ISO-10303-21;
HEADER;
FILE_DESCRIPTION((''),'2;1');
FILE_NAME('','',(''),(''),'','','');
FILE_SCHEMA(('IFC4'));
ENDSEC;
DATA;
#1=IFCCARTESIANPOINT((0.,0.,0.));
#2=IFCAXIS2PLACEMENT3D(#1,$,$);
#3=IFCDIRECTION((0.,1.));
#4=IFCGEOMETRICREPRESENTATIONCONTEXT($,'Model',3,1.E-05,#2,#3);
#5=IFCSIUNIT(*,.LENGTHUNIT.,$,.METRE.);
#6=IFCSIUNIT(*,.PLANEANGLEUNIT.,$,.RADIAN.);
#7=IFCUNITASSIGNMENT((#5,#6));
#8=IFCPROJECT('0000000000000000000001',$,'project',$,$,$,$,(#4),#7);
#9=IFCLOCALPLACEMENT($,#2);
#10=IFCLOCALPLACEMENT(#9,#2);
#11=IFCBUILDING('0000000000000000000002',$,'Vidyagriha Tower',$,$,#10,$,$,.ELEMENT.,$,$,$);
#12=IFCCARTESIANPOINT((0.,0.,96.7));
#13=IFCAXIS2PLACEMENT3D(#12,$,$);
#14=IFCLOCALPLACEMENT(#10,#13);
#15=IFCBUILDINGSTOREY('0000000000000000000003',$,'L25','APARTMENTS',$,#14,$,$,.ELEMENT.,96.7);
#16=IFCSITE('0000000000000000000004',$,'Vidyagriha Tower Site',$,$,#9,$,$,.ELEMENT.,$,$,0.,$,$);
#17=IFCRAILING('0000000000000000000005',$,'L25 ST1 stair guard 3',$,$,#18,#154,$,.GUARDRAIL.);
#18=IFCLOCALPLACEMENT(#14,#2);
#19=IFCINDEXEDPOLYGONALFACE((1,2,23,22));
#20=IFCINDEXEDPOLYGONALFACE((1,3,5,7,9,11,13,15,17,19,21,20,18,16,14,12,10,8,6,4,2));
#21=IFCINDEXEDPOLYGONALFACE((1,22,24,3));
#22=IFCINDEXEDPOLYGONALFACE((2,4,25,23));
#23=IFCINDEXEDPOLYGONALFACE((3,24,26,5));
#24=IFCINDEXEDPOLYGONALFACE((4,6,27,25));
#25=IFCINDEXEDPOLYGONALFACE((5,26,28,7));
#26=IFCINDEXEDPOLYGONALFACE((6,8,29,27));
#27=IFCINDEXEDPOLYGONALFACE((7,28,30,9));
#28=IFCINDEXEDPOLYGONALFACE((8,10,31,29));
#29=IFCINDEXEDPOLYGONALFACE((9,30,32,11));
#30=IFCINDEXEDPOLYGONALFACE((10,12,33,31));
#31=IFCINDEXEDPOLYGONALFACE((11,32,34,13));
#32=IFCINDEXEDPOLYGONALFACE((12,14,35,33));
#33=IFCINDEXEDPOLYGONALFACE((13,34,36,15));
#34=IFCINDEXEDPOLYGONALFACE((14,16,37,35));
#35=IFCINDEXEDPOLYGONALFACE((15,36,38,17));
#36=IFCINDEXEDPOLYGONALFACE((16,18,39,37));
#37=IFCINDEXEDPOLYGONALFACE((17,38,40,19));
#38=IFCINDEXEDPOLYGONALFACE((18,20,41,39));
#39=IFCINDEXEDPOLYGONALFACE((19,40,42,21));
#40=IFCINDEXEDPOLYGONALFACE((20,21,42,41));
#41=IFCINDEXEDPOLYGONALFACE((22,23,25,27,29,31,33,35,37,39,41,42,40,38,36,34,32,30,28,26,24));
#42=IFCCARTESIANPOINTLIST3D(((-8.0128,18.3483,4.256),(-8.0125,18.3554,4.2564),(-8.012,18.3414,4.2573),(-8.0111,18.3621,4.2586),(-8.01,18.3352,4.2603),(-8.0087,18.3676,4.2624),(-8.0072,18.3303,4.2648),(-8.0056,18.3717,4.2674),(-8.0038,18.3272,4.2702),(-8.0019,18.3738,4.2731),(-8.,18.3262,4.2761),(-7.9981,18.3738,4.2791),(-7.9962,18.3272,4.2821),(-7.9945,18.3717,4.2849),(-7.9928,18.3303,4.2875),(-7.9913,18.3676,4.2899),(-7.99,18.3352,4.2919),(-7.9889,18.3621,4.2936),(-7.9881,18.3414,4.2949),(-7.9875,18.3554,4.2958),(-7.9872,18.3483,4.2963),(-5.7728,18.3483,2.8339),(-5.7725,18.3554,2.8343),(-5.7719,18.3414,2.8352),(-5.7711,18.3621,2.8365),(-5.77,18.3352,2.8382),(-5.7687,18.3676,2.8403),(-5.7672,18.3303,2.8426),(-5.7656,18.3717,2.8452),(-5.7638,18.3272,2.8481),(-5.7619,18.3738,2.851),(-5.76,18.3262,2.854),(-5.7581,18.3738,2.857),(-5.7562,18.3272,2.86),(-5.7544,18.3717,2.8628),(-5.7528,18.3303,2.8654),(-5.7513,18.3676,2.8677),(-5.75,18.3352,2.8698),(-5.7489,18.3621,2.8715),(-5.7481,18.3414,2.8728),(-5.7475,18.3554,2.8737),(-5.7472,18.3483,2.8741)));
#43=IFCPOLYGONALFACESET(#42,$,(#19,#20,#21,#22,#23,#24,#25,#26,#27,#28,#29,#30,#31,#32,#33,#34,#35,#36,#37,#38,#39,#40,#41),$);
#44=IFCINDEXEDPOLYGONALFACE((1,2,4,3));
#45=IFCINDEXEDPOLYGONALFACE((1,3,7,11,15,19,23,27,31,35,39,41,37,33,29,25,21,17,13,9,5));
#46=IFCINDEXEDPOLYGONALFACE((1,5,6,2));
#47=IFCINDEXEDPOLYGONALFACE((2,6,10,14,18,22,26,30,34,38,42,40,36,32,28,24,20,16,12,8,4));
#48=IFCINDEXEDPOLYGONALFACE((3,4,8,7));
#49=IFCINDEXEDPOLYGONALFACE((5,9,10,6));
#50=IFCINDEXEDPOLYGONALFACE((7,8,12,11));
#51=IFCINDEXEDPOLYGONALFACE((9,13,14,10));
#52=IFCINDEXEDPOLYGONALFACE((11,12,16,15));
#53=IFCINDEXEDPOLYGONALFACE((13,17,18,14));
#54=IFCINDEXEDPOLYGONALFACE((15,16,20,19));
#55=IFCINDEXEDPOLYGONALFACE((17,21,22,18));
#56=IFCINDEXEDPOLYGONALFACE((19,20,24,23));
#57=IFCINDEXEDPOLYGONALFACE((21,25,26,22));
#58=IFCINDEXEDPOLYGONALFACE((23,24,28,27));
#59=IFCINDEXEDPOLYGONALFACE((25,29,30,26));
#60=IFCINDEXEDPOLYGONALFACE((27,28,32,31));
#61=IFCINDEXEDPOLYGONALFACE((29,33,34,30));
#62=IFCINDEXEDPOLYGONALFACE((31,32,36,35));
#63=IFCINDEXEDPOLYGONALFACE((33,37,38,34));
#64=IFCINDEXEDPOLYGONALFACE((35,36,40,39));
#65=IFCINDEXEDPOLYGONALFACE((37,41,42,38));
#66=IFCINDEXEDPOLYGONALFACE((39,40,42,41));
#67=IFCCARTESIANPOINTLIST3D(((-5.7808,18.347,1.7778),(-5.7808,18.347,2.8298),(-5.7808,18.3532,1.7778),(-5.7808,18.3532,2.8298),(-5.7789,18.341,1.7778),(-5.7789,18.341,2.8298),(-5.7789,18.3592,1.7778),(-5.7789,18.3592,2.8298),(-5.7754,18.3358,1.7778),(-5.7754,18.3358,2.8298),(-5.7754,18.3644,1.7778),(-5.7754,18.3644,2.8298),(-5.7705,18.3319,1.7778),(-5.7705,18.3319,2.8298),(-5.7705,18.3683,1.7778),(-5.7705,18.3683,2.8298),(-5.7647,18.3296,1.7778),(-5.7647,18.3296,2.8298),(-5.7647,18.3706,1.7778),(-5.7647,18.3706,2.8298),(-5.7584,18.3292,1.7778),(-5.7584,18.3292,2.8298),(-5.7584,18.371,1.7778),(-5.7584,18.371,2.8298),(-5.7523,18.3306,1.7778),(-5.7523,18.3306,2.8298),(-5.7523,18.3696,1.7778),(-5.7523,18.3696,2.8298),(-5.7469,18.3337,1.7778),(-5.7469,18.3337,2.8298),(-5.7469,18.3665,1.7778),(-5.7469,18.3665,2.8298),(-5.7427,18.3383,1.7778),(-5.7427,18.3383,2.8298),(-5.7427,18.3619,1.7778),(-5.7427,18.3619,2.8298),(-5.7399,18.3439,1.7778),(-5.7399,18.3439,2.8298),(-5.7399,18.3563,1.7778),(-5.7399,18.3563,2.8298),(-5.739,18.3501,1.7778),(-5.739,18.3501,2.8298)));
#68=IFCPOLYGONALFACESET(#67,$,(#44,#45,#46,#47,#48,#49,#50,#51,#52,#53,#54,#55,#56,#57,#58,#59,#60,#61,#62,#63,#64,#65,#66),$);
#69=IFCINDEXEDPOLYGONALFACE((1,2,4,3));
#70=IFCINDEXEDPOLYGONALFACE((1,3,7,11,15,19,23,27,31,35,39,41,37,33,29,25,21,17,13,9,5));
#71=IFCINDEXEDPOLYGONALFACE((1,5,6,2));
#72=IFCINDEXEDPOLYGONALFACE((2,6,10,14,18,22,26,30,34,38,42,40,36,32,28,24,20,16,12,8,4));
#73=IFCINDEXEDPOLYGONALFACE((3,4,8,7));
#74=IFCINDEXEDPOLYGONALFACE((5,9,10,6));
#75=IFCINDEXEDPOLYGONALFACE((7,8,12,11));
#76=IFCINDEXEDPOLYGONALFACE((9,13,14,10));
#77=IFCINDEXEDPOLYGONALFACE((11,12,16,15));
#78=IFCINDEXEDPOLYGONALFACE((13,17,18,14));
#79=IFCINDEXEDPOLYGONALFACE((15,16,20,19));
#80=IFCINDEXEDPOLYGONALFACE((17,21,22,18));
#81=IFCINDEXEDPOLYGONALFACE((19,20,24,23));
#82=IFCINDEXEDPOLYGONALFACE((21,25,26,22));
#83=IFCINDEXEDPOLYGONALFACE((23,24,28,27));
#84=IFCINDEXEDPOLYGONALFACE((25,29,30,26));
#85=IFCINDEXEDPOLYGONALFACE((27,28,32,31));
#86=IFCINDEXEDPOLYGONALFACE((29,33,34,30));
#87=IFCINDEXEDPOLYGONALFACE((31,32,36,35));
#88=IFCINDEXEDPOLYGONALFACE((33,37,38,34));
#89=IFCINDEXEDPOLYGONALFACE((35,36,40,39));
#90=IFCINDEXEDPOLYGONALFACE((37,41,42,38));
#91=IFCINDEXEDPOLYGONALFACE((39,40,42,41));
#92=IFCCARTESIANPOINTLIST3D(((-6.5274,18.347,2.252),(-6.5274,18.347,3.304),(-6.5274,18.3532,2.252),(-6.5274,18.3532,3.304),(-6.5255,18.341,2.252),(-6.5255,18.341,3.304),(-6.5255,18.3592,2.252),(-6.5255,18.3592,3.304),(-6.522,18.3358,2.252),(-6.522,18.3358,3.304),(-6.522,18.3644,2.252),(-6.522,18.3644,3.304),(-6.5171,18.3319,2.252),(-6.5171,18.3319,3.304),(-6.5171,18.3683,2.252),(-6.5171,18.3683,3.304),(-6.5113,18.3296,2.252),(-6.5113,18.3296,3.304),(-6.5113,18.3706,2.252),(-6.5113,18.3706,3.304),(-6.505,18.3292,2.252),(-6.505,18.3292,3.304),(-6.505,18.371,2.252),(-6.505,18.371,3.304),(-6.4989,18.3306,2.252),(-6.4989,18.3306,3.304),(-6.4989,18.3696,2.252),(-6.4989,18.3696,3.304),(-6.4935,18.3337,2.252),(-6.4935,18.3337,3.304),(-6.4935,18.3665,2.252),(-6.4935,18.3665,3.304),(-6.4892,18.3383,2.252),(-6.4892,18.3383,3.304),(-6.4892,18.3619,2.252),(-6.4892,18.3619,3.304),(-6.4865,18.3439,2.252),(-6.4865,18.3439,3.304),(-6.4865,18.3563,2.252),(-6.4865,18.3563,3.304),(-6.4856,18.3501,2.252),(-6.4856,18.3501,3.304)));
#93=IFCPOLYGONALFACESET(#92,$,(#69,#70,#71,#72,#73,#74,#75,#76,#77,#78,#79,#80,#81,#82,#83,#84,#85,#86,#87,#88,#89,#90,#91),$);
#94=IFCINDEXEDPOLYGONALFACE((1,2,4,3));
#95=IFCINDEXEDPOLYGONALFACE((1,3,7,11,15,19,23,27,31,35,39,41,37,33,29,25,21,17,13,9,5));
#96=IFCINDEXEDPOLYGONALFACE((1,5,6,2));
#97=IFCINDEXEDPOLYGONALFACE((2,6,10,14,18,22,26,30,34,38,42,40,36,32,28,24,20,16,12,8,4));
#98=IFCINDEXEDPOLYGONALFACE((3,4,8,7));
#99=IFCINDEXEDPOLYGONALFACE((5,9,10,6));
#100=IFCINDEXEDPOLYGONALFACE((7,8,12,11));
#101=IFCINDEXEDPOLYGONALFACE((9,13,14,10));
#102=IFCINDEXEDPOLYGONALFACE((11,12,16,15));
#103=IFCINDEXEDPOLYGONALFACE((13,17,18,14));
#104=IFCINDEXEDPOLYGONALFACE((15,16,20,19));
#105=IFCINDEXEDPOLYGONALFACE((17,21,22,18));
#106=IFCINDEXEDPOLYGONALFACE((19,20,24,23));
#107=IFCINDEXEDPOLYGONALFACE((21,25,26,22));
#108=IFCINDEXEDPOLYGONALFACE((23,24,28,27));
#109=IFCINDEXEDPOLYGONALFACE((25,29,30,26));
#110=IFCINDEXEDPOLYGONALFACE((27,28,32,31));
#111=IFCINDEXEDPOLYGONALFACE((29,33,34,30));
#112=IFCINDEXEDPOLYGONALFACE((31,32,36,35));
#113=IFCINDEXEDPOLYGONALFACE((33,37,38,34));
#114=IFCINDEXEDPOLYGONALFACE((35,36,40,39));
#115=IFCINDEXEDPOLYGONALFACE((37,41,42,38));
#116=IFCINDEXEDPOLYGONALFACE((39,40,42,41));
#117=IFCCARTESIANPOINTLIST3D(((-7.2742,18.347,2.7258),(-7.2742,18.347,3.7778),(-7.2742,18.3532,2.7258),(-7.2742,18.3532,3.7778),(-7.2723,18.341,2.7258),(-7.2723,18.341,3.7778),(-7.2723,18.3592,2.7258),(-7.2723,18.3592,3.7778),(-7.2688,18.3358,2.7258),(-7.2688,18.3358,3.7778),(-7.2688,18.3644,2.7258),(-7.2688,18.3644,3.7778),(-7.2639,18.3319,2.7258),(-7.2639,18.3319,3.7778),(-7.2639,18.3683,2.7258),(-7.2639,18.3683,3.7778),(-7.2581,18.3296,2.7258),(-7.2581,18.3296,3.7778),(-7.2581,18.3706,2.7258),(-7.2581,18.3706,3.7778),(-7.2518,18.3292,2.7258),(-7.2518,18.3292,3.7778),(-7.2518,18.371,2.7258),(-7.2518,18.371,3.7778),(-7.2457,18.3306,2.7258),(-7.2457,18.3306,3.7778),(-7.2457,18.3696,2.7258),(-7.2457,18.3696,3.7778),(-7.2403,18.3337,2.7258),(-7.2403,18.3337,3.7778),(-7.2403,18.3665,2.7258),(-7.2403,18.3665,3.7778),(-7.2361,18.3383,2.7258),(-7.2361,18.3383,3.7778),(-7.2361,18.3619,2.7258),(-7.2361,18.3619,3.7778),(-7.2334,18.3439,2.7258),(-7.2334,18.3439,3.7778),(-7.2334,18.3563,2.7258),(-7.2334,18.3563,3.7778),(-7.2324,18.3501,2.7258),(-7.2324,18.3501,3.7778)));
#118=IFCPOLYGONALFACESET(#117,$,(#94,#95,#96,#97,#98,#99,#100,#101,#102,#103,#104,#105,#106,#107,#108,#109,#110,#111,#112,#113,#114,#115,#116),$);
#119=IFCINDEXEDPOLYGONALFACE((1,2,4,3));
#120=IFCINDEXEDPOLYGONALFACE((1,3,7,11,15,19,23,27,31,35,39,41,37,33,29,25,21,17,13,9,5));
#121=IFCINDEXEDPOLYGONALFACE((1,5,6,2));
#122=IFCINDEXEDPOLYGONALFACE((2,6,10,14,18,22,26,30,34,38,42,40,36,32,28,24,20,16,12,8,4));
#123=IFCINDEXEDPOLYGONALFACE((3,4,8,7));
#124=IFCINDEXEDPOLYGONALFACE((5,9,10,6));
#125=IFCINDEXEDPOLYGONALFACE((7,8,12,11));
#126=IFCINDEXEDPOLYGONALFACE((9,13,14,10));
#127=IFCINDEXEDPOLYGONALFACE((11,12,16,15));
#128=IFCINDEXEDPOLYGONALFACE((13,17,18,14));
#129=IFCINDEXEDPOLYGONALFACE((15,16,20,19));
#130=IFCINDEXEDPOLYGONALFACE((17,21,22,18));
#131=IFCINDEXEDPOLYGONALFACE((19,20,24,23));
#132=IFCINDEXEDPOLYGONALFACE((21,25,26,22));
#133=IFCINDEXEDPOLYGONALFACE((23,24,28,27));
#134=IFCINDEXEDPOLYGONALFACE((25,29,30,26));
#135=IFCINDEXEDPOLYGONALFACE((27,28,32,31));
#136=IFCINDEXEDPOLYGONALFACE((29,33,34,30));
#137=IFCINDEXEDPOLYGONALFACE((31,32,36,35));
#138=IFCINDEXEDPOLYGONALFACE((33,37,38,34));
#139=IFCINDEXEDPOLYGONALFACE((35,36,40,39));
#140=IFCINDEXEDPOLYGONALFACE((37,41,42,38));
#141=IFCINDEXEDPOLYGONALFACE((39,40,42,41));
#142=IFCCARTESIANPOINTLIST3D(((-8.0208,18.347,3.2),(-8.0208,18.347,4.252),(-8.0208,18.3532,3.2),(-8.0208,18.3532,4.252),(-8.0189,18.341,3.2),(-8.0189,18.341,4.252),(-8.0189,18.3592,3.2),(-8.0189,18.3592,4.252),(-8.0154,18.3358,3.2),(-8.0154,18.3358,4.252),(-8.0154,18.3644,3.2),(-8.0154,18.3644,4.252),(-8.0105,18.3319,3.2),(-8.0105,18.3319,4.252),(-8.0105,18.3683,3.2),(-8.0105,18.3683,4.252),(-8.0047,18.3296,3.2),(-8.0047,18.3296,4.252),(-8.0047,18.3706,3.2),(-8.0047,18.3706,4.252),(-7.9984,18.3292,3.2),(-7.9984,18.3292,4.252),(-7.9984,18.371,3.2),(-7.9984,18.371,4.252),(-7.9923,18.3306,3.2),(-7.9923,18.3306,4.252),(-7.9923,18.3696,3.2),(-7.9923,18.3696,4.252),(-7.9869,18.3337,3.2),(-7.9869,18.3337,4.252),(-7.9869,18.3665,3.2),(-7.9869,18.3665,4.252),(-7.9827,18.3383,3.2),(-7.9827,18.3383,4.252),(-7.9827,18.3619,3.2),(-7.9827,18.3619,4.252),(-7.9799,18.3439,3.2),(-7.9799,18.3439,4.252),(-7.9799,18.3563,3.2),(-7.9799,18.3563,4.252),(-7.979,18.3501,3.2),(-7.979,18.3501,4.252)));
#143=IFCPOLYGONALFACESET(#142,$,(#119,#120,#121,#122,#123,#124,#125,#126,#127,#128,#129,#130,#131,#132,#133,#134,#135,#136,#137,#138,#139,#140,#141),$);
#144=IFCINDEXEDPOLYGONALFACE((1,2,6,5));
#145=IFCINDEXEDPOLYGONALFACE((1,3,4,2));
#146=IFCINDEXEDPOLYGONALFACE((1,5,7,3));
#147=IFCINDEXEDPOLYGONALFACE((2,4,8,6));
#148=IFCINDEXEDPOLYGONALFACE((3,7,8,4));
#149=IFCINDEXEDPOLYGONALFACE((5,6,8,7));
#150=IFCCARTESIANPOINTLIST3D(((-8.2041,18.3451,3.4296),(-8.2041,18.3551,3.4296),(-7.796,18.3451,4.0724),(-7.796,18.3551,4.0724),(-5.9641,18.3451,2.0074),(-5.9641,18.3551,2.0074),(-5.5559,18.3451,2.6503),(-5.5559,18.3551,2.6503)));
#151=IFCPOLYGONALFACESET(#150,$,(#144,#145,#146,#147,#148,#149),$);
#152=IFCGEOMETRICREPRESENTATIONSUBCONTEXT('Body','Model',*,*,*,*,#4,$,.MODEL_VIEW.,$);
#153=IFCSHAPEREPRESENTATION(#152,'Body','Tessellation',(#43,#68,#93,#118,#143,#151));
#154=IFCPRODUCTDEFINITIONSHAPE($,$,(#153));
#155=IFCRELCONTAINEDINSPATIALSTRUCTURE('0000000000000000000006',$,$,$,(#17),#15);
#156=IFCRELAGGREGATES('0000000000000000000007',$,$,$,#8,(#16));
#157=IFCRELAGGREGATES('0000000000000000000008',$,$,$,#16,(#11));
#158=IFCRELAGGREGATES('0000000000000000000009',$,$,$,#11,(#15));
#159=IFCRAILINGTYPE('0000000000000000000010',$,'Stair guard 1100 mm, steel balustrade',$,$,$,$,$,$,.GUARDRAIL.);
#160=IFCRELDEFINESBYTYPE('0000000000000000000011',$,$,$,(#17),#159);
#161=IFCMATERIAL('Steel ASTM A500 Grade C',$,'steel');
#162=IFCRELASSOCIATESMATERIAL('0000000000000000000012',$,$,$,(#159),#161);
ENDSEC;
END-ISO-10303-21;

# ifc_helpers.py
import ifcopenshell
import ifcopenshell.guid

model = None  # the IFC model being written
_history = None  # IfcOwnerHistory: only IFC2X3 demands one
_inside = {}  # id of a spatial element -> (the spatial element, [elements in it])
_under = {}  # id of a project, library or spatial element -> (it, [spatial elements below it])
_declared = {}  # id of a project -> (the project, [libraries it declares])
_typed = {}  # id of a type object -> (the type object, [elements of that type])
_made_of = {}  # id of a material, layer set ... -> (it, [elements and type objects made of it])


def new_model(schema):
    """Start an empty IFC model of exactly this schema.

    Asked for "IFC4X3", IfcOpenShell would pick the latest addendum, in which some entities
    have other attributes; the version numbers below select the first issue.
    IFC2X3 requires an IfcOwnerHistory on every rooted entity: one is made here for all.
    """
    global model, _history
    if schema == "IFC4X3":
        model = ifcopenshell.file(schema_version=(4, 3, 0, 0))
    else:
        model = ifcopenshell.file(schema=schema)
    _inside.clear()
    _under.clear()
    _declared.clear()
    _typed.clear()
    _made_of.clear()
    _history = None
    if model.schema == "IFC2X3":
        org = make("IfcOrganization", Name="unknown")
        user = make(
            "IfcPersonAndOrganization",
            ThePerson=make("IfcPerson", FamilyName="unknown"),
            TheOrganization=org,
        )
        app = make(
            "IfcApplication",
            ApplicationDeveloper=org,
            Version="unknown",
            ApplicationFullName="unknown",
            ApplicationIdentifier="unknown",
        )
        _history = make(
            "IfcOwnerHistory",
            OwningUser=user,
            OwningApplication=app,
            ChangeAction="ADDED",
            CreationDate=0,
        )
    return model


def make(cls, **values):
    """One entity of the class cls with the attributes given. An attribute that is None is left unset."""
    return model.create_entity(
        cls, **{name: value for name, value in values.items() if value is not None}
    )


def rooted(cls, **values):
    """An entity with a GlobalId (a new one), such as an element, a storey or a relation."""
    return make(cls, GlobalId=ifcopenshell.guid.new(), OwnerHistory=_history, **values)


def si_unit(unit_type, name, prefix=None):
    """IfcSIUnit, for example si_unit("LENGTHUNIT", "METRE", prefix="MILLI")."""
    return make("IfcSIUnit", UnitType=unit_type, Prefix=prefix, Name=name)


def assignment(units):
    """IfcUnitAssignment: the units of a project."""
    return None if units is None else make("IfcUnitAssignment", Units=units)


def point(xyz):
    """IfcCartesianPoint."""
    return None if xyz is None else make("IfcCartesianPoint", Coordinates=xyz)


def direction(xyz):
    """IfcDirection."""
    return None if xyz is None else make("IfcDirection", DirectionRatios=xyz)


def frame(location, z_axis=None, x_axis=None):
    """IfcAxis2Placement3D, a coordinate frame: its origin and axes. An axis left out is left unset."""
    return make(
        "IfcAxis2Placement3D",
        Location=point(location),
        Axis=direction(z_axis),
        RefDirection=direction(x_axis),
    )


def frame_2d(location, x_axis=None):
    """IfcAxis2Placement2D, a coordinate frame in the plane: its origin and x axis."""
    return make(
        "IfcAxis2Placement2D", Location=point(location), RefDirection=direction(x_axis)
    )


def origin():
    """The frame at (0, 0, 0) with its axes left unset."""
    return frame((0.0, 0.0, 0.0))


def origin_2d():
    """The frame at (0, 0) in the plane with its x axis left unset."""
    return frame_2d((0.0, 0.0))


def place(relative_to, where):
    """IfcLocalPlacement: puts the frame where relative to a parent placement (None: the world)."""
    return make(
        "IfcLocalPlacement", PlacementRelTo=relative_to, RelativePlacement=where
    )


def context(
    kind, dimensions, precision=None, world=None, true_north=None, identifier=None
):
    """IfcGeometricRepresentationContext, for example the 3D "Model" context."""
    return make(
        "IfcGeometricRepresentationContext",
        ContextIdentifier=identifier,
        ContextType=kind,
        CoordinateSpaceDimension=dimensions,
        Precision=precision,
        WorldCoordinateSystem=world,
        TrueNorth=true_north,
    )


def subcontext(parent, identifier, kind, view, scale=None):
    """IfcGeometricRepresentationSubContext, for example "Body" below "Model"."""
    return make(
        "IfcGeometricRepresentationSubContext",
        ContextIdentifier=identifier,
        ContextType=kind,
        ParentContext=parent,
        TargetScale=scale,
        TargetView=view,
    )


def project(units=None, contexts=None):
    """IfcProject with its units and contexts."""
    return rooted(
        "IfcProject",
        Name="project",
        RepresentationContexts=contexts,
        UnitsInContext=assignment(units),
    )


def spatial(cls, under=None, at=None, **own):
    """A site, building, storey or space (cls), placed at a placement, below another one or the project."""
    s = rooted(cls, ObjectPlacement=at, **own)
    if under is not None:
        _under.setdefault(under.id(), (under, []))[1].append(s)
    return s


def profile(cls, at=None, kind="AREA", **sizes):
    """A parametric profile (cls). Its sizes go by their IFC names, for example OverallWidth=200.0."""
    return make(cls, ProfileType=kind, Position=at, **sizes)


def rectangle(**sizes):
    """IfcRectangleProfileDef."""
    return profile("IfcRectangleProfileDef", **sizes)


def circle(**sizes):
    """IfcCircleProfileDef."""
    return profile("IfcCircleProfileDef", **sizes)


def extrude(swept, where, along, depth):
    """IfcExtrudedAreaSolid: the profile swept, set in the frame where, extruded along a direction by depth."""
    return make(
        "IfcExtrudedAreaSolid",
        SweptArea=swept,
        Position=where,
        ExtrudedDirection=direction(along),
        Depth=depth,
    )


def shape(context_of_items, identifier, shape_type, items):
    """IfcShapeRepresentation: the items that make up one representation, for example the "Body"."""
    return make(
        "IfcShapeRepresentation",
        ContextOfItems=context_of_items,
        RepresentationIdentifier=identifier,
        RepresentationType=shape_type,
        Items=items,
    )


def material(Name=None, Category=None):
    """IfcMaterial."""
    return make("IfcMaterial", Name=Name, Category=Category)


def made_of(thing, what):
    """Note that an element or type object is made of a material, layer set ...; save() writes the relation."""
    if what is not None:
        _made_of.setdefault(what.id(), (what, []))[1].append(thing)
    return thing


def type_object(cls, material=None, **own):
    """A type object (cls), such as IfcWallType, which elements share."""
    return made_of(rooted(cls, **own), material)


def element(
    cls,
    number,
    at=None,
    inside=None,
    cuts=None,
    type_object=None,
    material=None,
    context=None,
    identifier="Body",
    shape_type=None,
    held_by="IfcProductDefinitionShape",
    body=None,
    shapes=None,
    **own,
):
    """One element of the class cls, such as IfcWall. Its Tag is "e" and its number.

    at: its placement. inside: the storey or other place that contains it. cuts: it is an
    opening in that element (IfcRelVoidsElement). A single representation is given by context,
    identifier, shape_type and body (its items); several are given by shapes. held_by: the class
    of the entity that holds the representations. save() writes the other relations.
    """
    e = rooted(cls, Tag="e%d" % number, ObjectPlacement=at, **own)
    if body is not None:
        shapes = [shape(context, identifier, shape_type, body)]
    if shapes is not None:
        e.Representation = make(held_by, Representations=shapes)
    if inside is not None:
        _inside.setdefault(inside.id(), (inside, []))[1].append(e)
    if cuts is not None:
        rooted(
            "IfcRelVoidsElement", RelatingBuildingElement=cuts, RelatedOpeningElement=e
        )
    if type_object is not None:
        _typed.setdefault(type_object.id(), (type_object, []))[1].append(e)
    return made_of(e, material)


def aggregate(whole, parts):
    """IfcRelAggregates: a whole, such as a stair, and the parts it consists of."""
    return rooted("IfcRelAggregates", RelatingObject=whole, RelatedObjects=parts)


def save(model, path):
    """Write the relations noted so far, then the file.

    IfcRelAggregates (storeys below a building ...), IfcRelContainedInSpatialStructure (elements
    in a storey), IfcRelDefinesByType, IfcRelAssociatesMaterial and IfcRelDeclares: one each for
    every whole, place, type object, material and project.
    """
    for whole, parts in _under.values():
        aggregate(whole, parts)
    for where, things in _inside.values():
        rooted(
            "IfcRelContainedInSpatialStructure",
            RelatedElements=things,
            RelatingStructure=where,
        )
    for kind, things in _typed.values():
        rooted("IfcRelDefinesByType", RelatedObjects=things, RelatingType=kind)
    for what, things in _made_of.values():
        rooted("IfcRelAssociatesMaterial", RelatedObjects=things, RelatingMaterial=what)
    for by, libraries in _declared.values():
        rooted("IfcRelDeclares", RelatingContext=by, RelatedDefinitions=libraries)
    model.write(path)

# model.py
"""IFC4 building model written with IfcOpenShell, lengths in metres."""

from ifc_helpers import new_model, si_unit, direction, frame, origin, origin_2d, place, context, subcontext, project, spatial, rectangle, circle, extrude, material, type_object, element, save


model = new_model("IFC4")

# Units and contexts
model_context = context("Model", 3, precision=1e-05, world=origin(), true_north=direction((0.0, 1.0)))
body_context = subcontext(model_context, "Body", "Model", "MODEL_VIEW")
ifc_project = project(units=[si_unit("LENGTHUNIT", "METRE"), si_unit("PLANEANGLEUNIT", "RADIAN")], contexts=[model_context])

# Site, building, storey
site_placement = place(None, origin())
site = spatial("IfcSite", under=ifc_project, at=site_placement, Name="Vidyagriha Tower Site", CompositionType="ELEMENT", RefElevation=0.0)
building_placement = place(site_placement, origin())
building = spatial("IfcBuilding", under=site, at=building_placement, Name="Vidyagriha Tower", CompositionType="ELEMENT")
storey_placement = place(building_placement, frame((0.0, 0.0, 96.7)))
storey = spatial("IfcBuildingStorey", under=building, at=storey_placement, Name="L25", Description="APARTMENTS", CompositionType="ELEMENT", Elevation=96.7)

# Railing
ifc_material_1 = material(Name="Steel ASTM A500 Grade C", Category="steel")
railing_type_1 = type_object("IfcRailingType", Name="Stair guard 1100 mm, steel balustrade", PredefinedType="GUARDRAIL", material=ifc_material_1)
railing_1_placement = place(storey_placement, frame((-5.76, 18.3501, 1.7778)))
element("IfcRailing", 1, at=railing_1_placement, inside=storey, type_object=railing_type_1, Name="L25 ST1 stair guard 3", PredefinedType="GUARDRAIL", context=body_context, shape_type="SweptSolid", body=[
    extrude(circle(Radius=0.0239, at=origin_2d()), frame((0.0, 0.0, 1.0762), z_axis=(-0.844229, 0.0, 0.535982), x_axis=(0.0, -1.0, 0.0)), (0.0, 0.0, 1.0), 2.6533),
    extrude(circle(Radius=0.021, at=origin_2d()), origin(), (0.0, 0.0, 1.0), 1.052),
    extrude(circle(Radius=0.021, at=origin_2d()), frame((-0.7466, 0.0, 0.4741)), (0.0, 0.0, 1.0), 1.052),
    extrude(circle(Radius=0.021, at=origin_2d()), frame((-1.4934, 0.0, 0.948)), (0.0, 0.0, 1.0), 1.052),
    extrude(circle(Radius=0.021, at=origin_2d()), frame((-2.24, 0.0, 1.4221)), (0.0, 0.0, 1.0), 1.052),
    extrude(rectangle(XDim=0.01, YDim=0.7615, at=origin_2d()), frame((0.0, 0.0, 0.551), z_axis=(-0.844229, 0.0, 0.535982), x_axis=(0.0, -1.0, 0.0)), (0.0, 0.0, 1.0), 2.6533),
])

save(model, "model.ifc")
